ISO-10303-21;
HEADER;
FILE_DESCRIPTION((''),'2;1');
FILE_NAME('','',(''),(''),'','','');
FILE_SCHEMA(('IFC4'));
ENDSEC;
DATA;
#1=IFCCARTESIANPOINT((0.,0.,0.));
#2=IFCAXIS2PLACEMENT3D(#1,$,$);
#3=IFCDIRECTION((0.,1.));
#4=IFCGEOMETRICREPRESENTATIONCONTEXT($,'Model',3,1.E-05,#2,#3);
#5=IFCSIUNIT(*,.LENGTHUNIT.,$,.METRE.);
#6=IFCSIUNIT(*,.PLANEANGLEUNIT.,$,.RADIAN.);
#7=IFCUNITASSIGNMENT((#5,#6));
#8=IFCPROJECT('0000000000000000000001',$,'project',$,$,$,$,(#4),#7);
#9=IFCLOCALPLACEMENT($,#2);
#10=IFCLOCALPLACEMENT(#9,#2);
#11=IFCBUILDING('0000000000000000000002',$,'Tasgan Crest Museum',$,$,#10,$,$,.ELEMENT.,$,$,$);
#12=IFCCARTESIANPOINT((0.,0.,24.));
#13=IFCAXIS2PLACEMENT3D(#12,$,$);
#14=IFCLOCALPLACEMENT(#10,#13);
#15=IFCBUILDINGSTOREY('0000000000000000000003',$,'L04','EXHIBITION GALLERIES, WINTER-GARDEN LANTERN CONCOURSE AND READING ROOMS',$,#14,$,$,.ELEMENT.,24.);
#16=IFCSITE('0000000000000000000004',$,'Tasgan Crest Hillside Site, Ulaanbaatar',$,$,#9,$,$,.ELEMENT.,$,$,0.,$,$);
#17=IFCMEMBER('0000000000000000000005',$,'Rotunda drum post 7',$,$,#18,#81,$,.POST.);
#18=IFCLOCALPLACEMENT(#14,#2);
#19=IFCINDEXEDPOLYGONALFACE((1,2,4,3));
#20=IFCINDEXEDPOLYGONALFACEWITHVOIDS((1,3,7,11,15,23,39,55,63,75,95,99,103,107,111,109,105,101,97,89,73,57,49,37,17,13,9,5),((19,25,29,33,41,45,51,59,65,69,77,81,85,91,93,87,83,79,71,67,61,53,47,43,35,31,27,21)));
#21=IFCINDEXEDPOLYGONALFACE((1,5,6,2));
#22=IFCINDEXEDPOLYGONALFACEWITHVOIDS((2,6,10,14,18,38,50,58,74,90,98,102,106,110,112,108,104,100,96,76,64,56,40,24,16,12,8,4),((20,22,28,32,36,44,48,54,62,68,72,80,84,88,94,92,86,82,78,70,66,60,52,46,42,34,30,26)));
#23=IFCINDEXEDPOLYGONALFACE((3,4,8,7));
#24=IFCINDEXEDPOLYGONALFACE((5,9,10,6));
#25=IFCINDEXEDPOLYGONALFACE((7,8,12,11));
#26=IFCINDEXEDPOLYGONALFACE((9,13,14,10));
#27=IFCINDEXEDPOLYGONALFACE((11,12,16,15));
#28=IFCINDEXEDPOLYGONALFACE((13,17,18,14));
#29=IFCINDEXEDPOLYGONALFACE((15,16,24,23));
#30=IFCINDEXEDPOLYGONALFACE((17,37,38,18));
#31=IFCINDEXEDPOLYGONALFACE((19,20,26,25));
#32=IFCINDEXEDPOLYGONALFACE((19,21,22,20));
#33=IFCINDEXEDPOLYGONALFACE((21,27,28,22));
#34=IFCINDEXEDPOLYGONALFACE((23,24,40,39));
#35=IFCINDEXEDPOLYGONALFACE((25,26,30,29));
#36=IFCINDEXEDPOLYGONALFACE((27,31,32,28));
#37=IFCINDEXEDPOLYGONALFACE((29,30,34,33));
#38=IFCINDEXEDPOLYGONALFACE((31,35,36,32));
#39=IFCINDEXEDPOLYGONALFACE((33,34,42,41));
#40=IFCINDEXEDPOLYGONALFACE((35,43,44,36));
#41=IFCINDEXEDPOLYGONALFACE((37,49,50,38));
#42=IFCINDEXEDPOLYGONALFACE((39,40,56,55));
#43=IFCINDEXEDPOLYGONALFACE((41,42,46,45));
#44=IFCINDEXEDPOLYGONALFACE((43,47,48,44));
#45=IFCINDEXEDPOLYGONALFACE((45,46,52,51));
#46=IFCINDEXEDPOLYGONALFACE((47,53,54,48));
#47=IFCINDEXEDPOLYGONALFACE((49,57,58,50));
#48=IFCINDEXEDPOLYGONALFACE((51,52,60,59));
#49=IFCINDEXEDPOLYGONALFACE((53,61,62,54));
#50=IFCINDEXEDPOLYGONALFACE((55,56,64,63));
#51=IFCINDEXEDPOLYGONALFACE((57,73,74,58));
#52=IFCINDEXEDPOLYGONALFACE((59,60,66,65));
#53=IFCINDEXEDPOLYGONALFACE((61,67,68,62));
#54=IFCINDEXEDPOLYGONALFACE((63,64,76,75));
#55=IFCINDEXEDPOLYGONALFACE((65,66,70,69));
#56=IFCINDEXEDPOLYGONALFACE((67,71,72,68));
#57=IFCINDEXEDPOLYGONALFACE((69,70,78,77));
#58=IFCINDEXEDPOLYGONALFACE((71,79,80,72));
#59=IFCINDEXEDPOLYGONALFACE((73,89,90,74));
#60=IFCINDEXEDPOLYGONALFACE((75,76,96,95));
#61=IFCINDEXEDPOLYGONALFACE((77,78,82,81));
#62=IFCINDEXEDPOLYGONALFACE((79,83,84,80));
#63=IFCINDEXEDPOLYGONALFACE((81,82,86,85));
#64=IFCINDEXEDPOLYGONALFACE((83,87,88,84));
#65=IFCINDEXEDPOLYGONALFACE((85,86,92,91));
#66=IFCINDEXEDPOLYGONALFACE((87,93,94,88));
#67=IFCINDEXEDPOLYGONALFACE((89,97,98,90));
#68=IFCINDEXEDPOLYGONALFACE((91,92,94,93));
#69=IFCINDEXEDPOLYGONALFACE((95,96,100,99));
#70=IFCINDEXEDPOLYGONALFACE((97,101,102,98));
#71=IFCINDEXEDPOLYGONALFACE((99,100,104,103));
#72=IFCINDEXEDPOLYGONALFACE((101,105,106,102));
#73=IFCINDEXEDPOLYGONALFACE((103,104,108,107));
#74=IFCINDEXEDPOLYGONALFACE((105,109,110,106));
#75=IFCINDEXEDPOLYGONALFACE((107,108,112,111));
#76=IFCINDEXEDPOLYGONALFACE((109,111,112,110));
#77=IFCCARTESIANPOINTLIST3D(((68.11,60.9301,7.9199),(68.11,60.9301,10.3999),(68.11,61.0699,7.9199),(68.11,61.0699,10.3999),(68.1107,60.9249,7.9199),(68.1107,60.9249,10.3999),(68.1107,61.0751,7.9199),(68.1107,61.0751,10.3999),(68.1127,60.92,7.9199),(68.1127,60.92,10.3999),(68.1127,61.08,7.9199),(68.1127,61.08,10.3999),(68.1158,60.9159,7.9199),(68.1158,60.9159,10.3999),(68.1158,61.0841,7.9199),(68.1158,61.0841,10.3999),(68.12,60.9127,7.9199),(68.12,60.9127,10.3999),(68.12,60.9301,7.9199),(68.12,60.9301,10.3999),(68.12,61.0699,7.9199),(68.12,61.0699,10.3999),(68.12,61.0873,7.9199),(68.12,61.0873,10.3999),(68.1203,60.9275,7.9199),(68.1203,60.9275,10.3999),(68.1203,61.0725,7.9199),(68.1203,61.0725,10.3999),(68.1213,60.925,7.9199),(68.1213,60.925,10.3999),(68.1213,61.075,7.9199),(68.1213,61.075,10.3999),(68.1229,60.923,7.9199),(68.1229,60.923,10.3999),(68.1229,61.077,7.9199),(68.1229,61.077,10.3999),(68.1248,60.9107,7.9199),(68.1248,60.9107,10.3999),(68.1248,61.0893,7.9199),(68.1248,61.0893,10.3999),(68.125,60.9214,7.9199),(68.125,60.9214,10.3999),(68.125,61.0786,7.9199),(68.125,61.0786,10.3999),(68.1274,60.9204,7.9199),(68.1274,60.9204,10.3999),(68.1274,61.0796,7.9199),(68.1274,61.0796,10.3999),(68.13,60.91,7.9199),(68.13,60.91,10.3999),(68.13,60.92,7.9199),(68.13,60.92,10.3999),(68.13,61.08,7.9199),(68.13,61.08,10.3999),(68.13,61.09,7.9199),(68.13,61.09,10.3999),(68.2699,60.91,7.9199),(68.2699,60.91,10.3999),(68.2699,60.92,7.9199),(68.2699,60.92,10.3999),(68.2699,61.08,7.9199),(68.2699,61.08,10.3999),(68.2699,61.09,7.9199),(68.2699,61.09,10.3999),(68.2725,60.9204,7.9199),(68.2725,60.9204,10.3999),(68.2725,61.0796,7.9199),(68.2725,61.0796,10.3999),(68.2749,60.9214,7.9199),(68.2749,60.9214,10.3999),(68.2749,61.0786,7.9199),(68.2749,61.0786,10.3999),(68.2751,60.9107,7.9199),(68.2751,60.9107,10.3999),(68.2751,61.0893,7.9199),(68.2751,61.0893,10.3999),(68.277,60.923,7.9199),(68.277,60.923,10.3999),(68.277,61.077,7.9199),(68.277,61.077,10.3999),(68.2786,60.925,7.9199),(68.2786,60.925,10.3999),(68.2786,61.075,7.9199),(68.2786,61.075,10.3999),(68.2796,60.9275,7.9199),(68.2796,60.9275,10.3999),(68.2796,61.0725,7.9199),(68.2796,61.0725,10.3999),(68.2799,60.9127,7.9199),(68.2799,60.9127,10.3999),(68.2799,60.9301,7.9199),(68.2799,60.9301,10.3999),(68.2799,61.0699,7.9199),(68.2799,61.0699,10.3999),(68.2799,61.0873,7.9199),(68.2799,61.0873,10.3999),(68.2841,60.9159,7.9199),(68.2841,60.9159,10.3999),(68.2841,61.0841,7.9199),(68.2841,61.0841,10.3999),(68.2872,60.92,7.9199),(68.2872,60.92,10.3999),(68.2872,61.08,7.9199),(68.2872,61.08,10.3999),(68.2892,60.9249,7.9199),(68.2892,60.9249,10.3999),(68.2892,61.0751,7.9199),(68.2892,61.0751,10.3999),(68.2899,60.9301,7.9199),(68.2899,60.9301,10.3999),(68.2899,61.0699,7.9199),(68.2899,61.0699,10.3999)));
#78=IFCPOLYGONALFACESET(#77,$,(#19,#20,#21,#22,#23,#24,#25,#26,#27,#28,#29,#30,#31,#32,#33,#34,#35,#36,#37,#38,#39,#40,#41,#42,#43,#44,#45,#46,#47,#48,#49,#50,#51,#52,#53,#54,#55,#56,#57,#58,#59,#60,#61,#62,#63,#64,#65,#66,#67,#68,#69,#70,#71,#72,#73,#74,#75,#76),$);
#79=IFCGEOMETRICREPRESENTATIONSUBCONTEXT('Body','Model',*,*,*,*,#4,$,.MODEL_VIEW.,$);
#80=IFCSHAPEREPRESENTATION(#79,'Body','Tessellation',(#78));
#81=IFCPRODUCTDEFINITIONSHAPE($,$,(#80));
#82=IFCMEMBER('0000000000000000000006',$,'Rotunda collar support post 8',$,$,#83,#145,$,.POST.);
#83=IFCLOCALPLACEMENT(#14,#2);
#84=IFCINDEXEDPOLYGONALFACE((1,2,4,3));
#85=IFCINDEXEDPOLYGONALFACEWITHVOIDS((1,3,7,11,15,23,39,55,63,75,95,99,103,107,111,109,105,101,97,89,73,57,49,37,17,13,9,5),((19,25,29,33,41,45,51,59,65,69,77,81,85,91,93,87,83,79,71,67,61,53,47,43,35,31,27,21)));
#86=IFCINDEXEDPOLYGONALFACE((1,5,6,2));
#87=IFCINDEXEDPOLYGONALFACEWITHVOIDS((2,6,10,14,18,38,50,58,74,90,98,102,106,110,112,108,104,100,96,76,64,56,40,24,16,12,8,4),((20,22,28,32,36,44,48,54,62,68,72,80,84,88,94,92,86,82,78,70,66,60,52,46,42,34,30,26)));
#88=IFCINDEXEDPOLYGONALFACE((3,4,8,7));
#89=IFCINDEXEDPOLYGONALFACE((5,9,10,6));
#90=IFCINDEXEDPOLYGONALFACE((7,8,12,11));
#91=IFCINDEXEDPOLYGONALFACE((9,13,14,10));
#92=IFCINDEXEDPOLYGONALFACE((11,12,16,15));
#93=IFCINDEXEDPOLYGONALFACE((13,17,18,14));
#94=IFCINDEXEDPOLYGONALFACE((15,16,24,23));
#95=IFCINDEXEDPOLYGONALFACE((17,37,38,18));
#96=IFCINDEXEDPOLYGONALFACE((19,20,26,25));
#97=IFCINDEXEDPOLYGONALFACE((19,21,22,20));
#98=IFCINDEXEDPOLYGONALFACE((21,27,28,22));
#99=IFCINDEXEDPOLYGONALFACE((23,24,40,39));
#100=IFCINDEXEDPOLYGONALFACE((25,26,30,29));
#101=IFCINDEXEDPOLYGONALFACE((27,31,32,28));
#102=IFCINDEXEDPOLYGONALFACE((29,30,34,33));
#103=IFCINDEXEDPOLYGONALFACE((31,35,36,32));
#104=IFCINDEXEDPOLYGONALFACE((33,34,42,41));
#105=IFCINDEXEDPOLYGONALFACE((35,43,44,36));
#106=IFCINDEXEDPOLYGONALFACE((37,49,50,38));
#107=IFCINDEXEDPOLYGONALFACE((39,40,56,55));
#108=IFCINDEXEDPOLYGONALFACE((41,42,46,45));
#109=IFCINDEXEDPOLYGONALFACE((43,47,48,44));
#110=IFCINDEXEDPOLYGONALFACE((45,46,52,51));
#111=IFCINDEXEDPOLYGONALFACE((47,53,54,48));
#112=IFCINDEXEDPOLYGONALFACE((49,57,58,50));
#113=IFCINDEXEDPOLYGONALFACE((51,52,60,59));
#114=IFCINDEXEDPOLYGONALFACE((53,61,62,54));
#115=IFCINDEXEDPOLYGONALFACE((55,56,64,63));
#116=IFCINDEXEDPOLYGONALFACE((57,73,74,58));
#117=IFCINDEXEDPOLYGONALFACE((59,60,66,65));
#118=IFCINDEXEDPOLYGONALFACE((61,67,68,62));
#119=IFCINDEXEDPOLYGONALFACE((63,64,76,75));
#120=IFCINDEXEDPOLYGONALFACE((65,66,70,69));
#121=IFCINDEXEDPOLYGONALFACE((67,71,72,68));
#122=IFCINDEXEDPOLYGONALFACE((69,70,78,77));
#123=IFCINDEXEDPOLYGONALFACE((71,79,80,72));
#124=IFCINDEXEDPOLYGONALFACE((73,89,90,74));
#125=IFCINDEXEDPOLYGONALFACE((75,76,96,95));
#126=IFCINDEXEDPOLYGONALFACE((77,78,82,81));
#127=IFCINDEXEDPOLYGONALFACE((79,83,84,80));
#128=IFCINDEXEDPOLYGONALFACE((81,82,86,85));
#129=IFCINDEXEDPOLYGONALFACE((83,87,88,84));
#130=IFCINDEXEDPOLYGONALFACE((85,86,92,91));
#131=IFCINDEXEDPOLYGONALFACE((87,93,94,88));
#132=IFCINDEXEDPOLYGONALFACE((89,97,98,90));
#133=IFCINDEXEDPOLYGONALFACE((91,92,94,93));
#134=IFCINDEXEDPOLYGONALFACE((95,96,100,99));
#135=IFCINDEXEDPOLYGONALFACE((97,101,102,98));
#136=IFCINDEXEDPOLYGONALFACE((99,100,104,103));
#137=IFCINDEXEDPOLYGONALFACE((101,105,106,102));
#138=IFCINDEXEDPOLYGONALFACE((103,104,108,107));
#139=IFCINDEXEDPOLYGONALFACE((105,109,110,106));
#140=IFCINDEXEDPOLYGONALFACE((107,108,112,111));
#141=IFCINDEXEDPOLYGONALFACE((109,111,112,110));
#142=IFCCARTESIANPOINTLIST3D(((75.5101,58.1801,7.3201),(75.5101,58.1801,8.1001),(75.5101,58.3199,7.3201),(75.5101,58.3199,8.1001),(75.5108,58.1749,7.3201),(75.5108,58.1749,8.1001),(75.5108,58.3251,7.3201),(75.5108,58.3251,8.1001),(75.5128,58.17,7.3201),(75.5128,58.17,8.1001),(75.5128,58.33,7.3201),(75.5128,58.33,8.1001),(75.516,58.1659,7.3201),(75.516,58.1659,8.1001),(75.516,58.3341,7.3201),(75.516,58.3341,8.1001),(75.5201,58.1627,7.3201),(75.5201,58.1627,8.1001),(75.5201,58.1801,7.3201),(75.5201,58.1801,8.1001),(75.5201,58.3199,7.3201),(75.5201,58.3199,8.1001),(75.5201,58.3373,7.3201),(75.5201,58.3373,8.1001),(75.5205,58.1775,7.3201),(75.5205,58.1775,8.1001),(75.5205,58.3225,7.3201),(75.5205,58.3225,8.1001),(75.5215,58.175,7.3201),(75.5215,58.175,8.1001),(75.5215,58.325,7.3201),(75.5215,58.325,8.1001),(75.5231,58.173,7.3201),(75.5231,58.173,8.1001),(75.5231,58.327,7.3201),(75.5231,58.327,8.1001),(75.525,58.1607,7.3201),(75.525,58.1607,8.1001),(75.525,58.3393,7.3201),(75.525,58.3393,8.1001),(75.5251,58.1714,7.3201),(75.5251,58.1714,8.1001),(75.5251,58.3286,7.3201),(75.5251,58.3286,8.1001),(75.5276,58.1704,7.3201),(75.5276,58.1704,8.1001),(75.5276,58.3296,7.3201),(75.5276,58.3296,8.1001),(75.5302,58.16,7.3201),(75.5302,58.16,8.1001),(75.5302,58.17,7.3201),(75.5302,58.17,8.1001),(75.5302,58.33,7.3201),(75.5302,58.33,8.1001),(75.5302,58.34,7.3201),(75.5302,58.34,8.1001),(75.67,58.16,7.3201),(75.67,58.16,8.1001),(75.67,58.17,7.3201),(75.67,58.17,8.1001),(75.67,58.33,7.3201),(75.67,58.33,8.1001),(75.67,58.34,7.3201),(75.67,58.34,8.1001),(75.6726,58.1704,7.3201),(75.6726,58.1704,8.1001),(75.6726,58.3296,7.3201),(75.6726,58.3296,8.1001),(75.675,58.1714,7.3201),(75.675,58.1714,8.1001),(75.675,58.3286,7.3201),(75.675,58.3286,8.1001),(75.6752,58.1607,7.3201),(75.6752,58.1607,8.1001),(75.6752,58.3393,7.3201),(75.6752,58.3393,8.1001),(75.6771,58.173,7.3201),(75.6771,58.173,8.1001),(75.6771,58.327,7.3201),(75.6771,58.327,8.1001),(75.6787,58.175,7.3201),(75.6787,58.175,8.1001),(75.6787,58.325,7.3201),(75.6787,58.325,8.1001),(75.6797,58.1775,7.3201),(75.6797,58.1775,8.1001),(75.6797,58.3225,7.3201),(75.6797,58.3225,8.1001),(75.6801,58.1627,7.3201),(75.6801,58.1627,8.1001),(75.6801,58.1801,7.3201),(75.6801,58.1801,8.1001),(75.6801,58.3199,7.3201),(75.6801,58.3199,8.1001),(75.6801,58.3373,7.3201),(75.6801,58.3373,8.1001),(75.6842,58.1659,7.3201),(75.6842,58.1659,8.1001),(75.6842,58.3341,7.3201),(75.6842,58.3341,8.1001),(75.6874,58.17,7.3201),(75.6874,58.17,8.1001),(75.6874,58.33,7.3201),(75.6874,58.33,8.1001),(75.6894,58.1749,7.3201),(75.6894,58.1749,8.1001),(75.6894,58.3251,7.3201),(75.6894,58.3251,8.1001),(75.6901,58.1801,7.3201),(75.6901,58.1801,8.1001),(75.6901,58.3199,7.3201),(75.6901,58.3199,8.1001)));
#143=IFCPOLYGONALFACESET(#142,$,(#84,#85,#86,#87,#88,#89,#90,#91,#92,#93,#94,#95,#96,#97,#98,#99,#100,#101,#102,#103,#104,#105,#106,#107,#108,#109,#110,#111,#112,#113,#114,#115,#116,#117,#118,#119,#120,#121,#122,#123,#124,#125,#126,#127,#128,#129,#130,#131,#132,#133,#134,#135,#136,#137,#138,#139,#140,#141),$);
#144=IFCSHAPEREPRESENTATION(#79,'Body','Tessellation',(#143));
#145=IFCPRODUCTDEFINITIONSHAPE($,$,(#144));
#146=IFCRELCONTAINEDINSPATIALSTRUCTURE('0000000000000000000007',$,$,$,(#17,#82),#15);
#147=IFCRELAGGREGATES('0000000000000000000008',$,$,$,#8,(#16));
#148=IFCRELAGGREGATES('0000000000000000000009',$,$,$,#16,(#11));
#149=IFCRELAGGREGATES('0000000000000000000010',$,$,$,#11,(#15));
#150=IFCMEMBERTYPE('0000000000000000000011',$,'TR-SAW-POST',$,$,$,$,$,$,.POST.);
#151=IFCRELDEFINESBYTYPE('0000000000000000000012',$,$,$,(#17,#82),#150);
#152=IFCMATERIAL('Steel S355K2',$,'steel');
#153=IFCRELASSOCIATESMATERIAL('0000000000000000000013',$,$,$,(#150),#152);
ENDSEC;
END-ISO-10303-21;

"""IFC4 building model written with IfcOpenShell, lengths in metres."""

from ifc_helpers import new_model, si_unit, direction, frame, origin, origin_2d, place, context, subcontext, project, spatial, hollow_rectangle, extrude, material, material_profile, profile_set, type_object, element, save


model = new_model("IFC4")

# Units and contexts
model_context = context("Model", 3, precision=1e-05, world=origin(), true_north=direction((0.0, 1.0)))
body_context = subcontext(model_context, "Body", "Model", "MODEL_VIEW")
ifc_project = project(units=[si_unit("LENGTHUNIT", "METRE"), si_unit("PLANEANGLEUNIT", "RADIAN")], contexts=[model_context])

# Site, building, storey
site_placement = place(None, origin())
site = spatial("IfcSite", under=ifc_project, at=site_placement, Name="Tasgan Crest Hillside Site, Ulaanbaatar", CompositionType="ELEMENT", RefElevation=0.0)
building_placement = place(site_placement, origin())
building = spatial("IfcBuilding", under=site, at=building_placement, Name="Tasgan Crest Museum", CompositionType="ELEMENT")
storey_placement = place(building_placement, frame((0.0, 0.0, 24.0)))
storey = spatial("IfcBuildingStorey", under=building, at=storey_placement, Name="L04", Description="EXHIBITION GALLERIES, WINTER-GARDEN LANTERN CONCOURSE AND READING ROOMS", CompositionType="ELEMENT", Elevation=24.0)

# Members
ifc_material_1 = material(Name="Steel S355K2", Category="steel")
ifc_material_profile_1 = material_profile(ifc_material_1, hollow_rectangle(XDim=0.1799, YDim=0.1799, WallThickness=0.01, InnerFilletRadius=0.01, OuterFilletRadius=0.02, at=origin_2d()), Name="SHS 180x180x10")
ifc_profile_set_1 = profile_set([ifc_material_profile_1], Name="Steel S355K2")
member_type_1 = type_object("IfcMemberType", Name="TR-SAW-POST", PredefinedType="POST", material=ifc_profile_set_1)
member_1_placement = place(storey_placement, frame((68.2, 61.0, 7.9199), z_axis=(0.0, 0.0, 1.0), x_axis=(1.0, 0.0, 0.0)))
element("IfcMember", 1, at=member_1_placement, inside=storey, type_object=member_type_1, Name="Rotunda drum post 7", PredefinedType="POST", context=body_context, shape_type="SweptSolid", body=[
    extrude(hollow_rectangle(XDim=0.1799, YDim=0.1799, WallThickness=0.01, InnerFilletRadius=0.01, OuterFilletRadius=0.02, at=origin_2d()), origin(), (0.0, 0.0, 1.0), 2.48),
])
member_2_placement = place(storey_placement, frame((75.6001, 58.25, 7.3201), z_axis=(0.0, 0.0, 1.0), x_axis=(1.0, 0.0, 0.0)))
element("IfcMember", 2, at=member_2_placement, inside=storey, type_object=member_type_1, Name="Rotunda collar support post 8", PredefinedType="POST", context=body_context, shape_type="SweptSolid", body=[
    extrude(hollow_rectangle(XDim=0.1799, YDim=0.1799, WallThickness=0.01, InnerFilletRadius=0.01, OuterFilletRadius=0.02, at=origin_2d()), origin(), (0.0, 0.0, 1.0), 0.78),
])

save(model, "model.ifc")
